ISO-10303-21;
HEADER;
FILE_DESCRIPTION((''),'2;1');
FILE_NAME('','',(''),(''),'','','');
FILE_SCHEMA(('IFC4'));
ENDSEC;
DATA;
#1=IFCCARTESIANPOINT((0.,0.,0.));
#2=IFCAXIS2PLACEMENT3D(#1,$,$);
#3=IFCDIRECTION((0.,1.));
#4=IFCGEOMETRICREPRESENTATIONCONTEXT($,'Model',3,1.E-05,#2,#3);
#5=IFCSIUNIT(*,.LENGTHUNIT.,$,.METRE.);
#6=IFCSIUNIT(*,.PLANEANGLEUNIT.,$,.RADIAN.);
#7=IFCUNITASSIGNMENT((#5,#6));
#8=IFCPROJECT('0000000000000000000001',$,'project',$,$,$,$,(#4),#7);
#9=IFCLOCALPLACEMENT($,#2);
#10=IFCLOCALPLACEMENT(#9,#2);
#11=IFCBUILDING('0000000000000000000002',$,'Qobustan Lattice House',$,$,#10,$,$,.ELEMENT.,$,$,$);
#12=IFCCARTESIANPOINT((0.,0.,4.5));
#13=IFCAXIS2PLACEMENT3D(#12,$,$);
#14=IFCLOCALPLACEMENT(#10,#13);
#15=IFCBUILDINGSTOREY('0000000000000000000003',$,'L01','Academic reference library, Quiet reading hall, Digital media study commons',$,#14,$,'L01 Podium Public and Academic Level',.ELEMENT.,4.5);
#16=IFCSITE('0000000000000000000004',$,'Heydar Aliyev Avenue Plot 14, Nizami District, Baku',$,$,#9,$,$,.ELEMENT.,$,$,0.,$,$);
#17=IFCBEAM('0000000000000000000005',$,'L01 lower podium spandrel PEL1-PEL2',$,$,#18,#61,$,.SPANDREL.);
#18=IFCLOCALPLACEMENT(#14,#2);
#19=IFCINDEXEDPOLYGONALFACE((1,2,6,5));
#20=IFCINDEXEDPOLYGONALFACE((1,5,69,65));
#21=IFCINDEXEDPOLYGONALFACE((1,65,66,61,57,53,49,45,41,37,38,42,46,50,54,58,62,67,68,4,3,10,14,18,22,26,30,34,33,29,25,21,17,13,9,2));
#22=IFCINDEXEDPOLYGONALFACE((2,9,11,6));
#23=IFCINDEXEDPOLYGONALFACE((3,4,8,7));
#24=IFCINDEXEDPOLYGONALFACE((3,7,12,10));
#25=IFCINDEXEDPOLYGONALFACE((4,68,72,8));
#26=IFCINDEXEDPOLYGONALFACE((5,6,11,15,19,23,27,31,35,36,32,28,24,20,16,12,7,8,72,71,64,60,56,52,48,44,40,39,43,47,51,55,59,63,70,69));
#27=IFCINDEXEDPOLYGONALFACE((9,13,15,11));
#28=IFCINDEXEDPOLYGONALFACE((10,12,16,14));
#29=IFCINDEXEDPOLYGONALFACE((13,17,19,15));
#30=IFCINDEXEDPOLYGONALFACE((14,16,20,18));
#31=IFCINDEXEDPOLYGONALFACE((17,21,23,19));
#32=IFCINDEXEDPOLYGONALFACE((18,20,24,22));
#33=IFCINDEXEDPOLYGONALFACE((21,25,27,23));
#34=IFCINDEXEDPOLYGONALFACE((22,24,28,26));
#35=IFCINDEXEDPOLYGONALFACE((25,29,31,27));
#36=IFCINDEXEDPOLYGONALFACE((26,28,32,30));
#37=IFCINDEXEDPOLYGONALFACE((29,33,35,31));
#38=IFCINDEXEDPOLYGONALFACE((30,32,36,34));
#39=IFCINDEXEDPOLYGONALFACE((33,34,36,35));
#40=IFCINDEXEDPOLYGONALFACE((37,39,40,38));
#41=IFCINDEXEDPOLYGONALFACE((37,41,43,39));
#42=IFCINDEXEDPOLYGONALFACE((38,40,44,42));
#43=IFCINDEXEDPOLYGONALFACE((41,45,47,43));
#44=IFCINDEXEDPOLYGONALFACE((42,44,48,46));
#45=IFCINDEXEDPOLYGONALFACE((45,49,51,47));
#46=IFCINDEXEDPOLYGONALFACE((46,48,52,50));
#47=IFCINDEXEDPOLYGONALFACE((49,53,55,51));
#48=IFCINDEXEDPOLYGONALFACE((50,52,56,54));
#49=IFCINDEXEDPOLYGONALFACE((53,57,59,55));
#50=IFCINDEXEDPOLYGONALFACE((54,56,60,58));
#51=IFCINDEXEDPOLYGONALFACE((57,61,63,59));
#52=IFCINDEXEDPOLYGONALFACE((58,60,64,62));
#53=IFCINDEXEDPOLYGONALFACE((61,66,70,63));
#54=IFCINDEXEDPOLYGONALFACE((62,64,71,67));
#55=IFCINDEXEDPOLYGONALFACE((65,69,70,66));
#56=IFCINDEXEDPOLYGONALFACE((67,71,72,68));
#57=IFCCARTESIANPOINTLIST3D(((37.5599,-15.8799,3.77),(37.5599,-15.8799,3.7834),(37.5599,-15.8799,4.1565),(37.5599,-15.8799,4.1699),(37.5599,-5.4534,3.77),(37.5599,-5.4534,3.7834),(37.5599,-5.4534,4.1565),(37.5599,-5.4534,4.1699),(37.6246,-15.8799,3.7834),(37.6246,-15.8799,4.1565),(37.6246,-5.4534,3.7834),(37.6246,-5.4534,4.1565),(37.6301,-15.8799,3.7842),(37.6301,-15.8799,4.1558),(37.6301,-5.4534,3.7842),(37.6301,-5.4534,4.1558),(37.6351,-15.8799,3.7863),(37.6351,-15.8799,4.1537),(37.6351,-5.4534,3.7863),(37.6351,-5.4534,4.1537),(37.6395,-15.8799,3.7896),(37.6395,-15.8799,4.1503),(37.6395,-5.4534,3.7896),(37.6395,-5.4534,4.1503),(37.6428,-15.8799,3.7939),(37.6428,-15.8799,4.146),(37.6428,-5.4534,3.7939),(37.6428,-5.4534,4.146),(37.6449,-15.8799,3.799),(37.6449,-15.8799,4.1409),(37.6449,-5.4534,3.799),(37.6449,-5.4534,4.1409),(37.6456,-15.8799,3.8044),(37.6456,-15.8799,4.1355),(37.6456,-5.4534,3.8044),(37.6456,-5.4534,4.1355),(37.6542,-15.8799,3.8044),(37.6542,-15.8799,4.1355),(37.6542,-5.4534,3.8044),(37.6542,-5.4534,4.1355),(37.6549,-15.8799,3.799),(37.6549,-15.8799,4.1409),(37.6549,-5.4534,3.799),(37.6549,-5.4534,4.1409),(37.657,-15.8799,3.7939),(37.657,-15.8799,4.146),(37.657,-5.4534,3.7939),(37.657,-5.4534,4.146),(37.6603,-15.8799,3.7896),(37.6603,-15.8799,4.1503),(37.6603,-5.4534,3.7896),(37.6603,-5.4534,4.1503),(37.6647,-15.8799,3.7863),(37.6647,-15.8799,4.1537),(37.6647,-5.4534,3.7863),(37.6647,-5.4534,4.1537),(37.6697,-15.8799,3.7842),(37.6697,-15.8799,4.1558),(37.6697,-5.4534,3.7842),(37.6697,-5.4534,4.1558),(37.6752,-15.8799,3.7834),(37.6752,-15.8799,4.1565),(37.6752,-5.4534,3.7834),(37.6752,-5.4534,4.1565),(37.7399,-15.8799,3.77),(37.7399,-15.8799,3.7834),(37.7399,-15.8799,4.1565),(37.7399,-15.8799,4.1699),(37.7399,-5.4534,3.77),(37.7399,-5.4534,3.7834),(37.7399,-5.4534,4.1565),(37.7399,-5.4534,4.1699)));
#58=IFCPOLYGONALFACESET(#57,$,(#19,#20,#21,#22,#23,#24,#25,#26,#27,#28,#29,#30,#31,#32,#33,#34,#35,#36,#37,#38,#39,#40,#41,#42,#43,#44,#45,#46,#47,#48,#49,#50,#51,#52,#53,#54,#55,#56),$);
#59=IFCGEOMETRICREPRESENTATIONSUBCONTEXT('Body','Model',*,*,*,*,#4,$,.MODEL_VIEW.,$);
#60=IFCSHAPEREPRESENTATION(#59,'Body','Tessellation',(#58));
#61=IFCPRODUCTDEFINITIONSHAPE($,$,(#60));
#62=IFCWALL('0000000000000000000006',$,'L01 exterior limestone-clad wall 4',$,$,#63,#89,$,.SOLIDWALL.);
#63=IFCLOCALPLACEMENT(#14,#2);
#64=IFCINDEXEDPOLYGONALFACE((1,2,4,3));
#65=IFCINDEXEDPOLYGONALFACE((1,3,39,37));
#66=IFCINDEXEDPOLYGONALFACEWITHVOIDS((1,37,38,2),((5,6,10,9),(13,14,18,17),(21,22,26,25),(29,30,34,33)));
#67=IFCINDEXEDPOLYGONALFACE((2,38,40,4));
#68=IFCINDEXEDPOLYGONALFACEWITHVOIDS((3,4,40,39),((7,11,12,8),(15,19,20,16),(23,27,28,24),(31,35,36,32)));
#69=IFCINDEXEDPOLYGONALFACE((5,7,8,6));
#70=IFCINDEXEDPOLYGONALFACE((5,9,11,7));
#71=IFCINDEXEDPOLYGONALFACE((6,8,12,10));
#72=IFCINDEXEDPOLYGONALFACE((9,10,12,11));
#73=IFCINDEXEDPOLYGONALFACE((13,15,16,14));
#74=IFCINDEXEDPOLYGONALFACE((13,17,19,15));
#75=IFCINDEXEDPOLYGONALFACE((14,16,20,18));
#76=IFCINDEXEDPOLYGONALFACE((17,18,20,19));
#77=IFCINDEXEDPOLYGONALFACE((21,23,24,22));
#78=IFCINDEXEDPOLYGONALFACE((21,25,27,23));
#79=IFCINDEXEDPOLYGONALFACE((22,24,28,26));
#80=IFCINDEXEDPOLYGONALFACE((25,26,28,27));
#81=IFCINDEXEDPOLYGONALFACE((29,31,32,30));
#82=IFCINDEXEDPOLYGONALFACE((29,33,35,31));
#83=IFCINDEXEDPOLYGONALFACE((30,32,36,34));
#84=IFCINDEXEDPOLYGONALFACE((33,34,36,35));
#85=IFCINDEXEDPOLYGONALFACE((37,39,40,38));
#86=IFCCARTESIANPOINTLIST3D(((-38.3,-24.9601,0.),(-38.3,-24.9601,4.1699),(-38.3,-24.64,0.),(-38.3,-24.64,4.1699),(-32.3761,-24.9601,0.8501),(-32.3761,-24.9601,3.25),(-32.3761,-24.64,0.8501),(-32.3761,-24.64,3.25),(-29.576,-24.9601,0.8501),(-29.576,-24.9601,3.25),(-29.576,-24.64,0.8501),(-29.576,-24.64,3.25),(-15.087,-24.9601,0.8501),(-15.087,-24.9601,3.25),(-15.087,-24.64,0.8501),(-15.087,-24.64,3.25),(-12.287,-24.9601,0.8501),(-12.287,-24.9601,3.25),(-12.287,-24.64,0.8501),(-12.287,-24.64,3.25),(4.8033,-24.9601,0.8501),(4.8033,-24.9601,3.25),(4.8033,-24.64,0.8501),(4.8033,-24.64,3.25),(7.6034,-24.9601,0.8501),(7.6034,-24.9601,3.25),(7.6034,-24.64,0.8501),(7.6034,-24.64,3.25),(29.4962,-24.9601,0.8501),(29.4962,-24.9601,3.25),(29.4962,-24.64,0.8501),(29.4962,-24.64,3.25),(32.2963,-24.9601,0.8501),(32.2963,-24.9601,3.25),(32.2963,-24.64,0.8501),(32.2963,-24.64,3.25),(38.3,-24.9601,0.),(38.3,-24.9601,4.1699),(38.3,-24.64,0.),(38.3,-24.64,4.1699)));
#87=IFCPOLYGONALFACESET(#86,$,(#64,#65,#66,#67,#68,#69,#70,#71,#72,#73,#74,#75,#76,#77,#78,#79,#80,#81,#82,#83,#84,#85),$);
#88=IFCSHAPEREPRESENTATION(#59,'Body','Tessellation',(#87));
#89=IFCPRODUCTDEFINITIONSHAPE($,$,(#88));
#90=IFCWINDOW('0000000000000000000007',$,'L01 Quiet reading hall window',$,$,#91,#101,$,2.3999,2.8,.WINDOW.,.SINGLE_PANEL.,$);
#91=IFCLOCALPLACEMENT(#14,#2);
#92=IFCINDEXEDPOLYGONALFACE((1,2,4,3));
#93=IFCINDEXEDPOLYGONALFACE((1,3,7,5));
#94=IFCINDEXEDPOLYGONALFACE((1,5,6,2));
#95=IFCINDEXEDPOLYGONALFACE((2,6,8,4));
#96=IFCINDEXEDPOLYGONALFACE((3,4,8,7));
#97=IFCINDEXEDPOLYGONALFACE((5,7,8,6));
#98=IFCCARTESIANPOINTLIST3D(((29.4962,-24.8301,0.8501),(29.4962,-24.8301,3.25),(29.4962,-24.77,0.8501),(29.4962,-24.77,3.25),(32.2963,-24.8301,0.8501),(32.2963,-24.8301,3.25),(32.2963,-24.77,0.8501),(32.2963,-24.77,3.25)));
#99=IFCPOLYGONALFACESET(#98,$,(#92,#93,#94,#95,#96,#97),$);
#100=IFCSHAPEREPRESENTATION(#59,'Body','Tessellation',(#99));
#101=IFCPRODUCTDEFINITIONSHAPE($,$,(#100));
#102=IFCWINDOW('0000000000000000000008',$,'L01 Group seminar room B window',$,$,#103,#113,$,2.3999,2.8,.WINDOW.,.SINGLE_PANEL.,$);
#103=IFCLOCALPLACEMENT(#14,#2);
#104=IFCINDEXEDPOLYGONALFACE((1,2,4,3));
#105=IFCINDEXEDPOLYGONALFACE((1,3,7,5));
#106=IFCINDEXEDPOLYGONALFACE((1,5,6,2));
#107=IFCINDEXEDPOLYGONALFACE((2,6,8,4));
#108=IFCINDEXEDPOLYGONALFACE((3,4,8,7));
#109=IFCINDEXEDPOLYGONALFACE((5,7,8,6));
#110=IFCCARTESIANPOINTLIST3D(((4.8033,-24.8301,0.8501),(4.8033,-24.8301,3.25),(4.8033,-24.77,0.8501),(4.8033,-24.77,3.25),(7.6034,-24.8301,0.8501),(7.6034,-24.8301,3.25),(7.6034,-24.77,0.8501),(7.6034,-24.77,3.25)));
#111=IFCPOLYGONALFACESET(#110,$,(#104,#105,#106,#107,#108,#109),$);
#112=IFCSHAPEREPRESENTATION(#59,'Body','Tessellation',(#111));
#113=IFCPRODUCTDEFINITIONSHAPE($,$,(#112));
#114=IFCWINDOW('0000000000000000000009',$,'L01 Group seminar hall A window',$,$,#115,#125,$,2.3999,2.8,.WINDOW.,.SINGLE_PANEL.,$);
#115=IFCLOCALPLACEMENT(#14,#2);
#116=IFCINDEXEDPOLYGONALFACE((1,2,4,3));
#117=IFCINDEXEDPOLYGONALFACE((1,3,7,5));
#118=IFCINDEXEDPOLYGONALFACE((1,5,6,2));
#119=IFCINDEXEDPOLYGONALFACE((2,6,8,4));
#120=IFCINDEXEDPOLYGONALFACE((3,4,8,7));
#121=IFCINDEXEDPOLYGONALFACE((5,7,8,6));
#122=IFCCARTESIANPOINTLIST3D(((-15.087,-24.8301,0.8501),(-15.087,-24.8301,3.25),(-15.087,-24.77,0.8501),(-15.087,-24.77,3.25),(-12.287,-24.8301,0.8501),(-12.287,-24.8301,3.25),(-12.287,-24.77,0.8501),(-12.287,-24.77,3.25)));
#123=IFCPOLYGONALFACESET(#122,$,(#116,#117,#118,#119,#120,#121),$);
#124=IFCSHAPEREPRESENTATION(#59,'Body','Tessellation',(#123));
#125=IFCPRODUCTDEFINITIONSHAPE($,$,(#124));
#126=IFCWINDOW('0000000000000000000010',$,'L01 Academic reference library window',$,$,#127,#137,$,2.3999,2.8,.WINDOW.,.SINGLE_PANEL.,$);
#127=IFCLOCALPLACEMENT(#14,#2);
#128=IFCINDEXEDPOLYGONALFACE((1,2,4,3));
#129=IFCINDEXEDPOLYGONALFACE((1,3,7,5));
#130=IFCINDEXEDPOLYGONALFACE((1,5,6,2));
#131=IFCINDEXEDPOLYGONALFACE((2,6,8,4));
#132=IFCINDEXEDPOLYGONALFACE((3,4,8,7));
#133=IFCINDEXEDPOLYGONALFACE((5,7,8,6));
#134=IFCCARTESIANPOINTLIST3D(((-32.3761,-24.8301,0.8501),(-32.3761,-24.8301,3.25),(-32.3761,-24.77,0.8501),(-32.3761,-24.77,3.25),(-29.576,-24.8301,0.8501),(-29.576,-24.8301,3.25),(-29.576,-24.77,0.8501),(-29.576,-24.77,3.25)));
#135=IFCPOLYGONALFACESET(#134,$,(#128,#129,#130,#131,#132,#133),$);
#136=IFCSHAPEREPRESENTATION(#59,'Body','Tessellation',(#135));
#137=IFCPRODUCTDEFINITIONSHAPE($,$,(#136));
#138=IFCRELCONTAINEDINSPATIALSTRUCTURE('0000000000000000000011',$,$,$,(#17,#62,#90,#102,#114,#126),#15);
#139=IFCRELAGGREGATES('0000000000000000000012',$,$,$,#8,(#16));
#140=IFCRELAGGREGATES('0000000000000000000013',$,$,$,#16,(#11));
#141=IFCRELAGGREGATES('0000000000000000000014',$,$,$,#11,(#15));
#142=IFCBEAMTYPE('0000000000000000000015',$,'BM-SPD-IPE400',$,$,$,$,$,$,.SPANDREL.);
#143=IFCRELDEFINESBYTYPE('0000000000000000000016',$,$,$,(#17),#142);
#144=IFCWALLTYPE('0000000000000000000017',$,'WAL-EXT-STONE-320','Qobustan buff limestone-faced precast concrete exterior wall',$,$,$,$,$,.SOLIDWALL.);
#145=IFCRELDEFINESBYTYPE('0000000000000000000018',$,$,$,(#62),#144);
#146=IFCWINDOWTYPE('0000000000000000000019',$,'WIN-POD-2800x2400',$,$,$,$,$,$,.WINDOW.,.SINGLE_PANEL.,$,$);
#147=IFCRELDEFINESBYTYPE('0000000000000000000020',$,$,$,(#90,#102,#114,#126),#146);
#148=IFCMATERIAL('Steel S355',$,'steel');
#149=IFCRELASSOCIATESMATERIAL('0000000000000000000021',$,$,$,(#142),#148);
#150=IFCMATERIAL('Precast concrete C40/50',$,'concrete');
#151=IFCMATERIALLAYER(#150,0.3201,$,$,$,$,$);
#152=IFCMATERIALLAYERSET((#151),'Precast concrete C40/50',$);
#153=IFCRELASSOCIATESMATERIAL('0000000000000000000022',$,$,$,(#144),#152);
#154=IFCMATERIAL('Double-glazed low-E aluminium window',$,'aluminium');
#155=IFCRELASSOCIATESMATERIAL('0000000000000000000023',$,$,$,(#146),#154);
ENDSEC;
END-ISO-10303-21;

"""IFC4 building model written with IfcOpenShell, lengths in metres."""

from ifc_helpers import new_model, si_unit, direction, frame, frame_2d, origin, origin_2d, place, context, subcontext, project, spatial, rectangle, i_section, extrude, material, layer, layer_set, material_profile, profile_set, type_object, element, fill, save


model = new_model("IFC4")

# Units and contexts
model_context = context("Model", 3, precision=1e-05, world=origin(), true_north=direction((0.0, 1.0)))
body_context = subcontext(model_context, "Body", "Model", "MODEL_VIEW")
ifc_project = project(units=[si_unit("LENGTHUNIT", "METRE"), si_unit("PLANEANGLEUNIT", "RADIAN")], contexts=[model_context])

# Site, building, storey
site_placement = place(None, origin())
site = spatial("IfcSite", under=ifc_project, at=site_placement, Name="Heydar Aliyev Avenue Plot 14, Nizami District, Baku", CompositionType="ELEMENT", RefElevation=0.0)
building_placement = place(site_placement, origin())
building = spatial("IfcBuilding", under=site, at=building_placement, Name="Qobustan Lattice House", CompositionType="ELEMENT")
storey_placement = place(building_placement, frame((0.0, 0.0, 4.5)))
storey = spatial("IfcBuildingStorey", under=building, at=storey_placement, Name="L01", Description="Academic reference library, Quiet reading hall, Digital media study commons", LongName="L01 Podium Public and Academic Level", CompositionType="ELEMENT", Elevation=4.5)

# Beam
ifc_material_1 = material(Name="Steel S355", Category="steel")
ifc_material_profile_1 = material_profile(ifc_material_1, i_section(OverallWidth=0.1799, OverallDepth=0.3999, WebThickness=0.0085, FlangeThickness=0.0134, FilletRadius=0.021, at=origin_2d()), Name="IPE400")
ifc_profile_set_1 = profile_set([ifc_material_profile_1], Name="Steel S355")
beam_type_1 = type_object("IfcBeamType", Name="BM-SPD-IPE400", PredefinedType="SPANDREL", material=ifc_profile_set_1)
beam_1_placement = place(storey_placement, frame((37.6499, -15.8799, 3.97), z_axis=(0.0, 1.0, 0.0), x_axis=(-1.0, 0.0, 0.0)))
element("IfcBeam", 1, at=beam_1_placement, inside=storey, type_object=beam_type_1, Name="L01 lower podium spandrel PEL1-PEL2", PredefinedType="SPANDREL", context=body_context, shape_type="SweptSolid", body=[
    extrude(i_section(OverallWidth=0.1799, OverallDepth=0.3999, WebThickness=0.0085, FlangeThickness=0.0134, FilletRadius=0.021, at=origin_2d()), origin(), (0.0, 0.0, 1.0), 10.4265),
])

# Wall, openings, windows
ifc_material_2 = material(Name="Precast concrete C40/50", Category="concrete")
ifc_layer = layer(ifc_material_2, 0.3201)
ifc_layer_set = layer_set([ifc_layer], Name="Precast concrete C40/50")
wall_type = type_object("IfcWallType", Name="WAL-EXT-STONE-320", Description="Qobustan buff limestone-faced precast concrete exterior wall", PredefinedType="SOLIDWALL", material=ifc_layer_set)
wall_placement = place(storey_placement, frame((38.3, -24.8, 0.0), z_axis=(0.0, 0.0, 1.0), x_axis=(-1.0, 0.0, 0.0)))
wall = element("IfcWall", 2, at=wall_placement, inside=storey, type_object=wall_type, Name="L01 exterior limestone-clad wall 4", PredefinedType="SOLIDWALL", context=body_context, shape_type="SweptSolid", body=[
    extrude(rectangle(XDim=76.6001, YDim=0.3201, at=frame_2d((38.3, 0.0))), origin(), (0.0, 0.0, 1.0), 4.1699),
])
opening_1_placement = place(wall_placement, frame((6.0039, 0.0, 0.8501)))
opening_1 = element("IfcOpeningElement", 3, at=opening_1_placement, cuts=wall, PredefinedType="OPENING", context=body_context, shape_type="SweptSolid", body=[
    extrude(rectangle(XDim=2.8, YDim=2.3999, at=frame_2d((1.3999, 1.2))), frame((0.0, 0.1699, 0.0), z_axis=(0.0, -1.0, 0.0), x_axis=(1.0, 0.0, 0.0)), (0.0, 0.0, 1.0), 0.3401),
])
opening_2_placement = place(wall_placement, frame((30.6968, 0.0, 0.8501)))
opening_2 = element("IfcOpeningElement", 4, at=opening_2_placement, cuts=wall, PredefinedType="OPENING", context=body_context, shape_type="SweptSolid", body=[
    extrude(rectangle(XDim=2.8, YDim=2.3999, at=frame_2d((1.3999, 1.2))), frame((0.0, 0.1699, 0.0), z_axis=(0.0, -1.0, 0.0), x_axis=(1.0, 0.0, 0.0)), (0.0, 0.0, 1.0), 0.3401),
])
opening_3_placement = place(wall_placement, frame((50.5872, 0.0, 0.8501)))
opening_3 = element("IfcOpeningElement", 5, at=opening_3_placement, cuts=wall, PredefinedType="OPENING", context=body_context, shape_type="SweptSolid", body=[
    extrude(rectangle(XDim=2.8, YDim=2.3999, at=frame_2d((1.3999, 1.2))), frame((0.0, 0.1699, 0.0), z_axis=(0.0, -1.0, 0.0), x_axis=(1.0, 0.0, 0.0)), (0.0, 0.0, 1.0), 0.3401),
])
opening_4_placement = place(wall_placement, frame((67.8762, 0.0, 0.8501)))
opening_4 = element("IfcOpeningElement", 6, at=opening_4_placement, cuts=wall, PredefinedType="OPENING", context=body_context, shape_type="SweptSolid", body=[
    extrude(rectangle(XDim=2.8, YDim=2.3999, at=frame_2d((1.3999, 1.2))), frame((0.0, 0.1699, 0.0), z_axis=(0.0, -1.0, 0.0), x_axis=(1.0, 0.0, 0.0)), (0.0, 0.0, 1.0), 0.3401),
])
ifc_material_3 = material(Name="Double-glazed low-E aluminium window", Category="aluminium")
window_type = type_object("IfcWindowType", Name="WIN-POD-2800x2400", PartitioningType="SINGLE_PANEL", PredefinedType="WINDOW", material=ifc_material_3)
window_1_placement = place(opening_1_placement, origin())
window_1 = element("IfcWindow", 7, at=window_1_placement, inside=storey, type_object=window_type, Name="L01 Quiet reading hall window", OverallHeight=2.3999, OverallWidth=2.8, PartitioningType="SINGLE_PANEL", PredefinedType="WINDOW", context=body_context, shape_type="SweptSolid", body=[
    extrude(rectangle(XDim=2.8, YDim=2.3999, at=frame_2d((1.3999, 1.2))), frame((0.0, 0.03, 0.0), z_axis=(0.0, -1.0, 0.0), x_axis=(1.0, 0.0, 0.0)), (0.0, 0.0, 1.0), 0.0601),
])
fill(opening_1, window_1)
window_2_placement = place(opening_2_placement, origin())
window_2 = element("IfcWindow", 8, at=window_2_placement, inside=storey, type_object=window_type, Name="L01 Group seminar room B window", OverallHeight=2.3999, OverallWidth=2.8, PartitioningType="SINGLE_PANEL", PredefinedType="WINDOW", context=body_context, shape_type="SweptSolid", body=[
    extrude(rectangle(XDim=2.8, YDim=2.3999, at=frame_2d((1.3999, 1.2))), frame((0.0, 0.03, 0.0), z_axis=(0.0, -1.0, 0.0), x_axis=(1.0, 0.0, 0.0)), (0.0, 0.0, 1.0), 0.0601),
])
fill(opening_2, window_2)
window_3_placement = place(opening_3_placement, origin())
window_3 = element("IfcWindow", 9, at=window_3_placement, inside=storey, type_object=window_type, Name="L01 Group seminar hall A window", OverallHeight=2.3999, OverallWidth=2.8, PartitioningType="SINGLE_PANEL", PredefinedType="WINDOW", context=body_context, shape_type="SweptSolid", body=[
    extrude(rectangle(XDim=2.8, YDim=2.3999, at=frame_2d((1.3999, 1.2))), frame((0.0, 0.03, 0.0), z_axis=(0.0, -1.0, 0.0), x_axis=(1.0, 0.0, 0.0)), (0.0, 0.0, 1.0), 0.0601),
])
fill(opening_3, window_3)
window_4_placement = place(opening_4_placement, origin())
window_4 = element("IfcWindow", 10, at=window_4_placement, inside=storey, type_object=window_type, Name="L01 Academic reference library window", OverallHeight=2.3999, OverallWidth=2.8, PartitioningType="SINGLE_PANEL", PredefinedType="WINDOW", context=body_context, shape_type="SweptSolid", body=[
    extrude(rectangle(XDim=2.8, YDim=2.3999, at=frame_2d((1.3999, 1.2))), frame((0.0, 0.03, 0.0), z_axis=(0.0, -1.0, 0.0), x_axis=(1.0, 0.0, 0.0)), (0.0, 0.0, 1.0), 0.0601),
])
fill(opening_4, window_4)

save(model, "model.ifc")
